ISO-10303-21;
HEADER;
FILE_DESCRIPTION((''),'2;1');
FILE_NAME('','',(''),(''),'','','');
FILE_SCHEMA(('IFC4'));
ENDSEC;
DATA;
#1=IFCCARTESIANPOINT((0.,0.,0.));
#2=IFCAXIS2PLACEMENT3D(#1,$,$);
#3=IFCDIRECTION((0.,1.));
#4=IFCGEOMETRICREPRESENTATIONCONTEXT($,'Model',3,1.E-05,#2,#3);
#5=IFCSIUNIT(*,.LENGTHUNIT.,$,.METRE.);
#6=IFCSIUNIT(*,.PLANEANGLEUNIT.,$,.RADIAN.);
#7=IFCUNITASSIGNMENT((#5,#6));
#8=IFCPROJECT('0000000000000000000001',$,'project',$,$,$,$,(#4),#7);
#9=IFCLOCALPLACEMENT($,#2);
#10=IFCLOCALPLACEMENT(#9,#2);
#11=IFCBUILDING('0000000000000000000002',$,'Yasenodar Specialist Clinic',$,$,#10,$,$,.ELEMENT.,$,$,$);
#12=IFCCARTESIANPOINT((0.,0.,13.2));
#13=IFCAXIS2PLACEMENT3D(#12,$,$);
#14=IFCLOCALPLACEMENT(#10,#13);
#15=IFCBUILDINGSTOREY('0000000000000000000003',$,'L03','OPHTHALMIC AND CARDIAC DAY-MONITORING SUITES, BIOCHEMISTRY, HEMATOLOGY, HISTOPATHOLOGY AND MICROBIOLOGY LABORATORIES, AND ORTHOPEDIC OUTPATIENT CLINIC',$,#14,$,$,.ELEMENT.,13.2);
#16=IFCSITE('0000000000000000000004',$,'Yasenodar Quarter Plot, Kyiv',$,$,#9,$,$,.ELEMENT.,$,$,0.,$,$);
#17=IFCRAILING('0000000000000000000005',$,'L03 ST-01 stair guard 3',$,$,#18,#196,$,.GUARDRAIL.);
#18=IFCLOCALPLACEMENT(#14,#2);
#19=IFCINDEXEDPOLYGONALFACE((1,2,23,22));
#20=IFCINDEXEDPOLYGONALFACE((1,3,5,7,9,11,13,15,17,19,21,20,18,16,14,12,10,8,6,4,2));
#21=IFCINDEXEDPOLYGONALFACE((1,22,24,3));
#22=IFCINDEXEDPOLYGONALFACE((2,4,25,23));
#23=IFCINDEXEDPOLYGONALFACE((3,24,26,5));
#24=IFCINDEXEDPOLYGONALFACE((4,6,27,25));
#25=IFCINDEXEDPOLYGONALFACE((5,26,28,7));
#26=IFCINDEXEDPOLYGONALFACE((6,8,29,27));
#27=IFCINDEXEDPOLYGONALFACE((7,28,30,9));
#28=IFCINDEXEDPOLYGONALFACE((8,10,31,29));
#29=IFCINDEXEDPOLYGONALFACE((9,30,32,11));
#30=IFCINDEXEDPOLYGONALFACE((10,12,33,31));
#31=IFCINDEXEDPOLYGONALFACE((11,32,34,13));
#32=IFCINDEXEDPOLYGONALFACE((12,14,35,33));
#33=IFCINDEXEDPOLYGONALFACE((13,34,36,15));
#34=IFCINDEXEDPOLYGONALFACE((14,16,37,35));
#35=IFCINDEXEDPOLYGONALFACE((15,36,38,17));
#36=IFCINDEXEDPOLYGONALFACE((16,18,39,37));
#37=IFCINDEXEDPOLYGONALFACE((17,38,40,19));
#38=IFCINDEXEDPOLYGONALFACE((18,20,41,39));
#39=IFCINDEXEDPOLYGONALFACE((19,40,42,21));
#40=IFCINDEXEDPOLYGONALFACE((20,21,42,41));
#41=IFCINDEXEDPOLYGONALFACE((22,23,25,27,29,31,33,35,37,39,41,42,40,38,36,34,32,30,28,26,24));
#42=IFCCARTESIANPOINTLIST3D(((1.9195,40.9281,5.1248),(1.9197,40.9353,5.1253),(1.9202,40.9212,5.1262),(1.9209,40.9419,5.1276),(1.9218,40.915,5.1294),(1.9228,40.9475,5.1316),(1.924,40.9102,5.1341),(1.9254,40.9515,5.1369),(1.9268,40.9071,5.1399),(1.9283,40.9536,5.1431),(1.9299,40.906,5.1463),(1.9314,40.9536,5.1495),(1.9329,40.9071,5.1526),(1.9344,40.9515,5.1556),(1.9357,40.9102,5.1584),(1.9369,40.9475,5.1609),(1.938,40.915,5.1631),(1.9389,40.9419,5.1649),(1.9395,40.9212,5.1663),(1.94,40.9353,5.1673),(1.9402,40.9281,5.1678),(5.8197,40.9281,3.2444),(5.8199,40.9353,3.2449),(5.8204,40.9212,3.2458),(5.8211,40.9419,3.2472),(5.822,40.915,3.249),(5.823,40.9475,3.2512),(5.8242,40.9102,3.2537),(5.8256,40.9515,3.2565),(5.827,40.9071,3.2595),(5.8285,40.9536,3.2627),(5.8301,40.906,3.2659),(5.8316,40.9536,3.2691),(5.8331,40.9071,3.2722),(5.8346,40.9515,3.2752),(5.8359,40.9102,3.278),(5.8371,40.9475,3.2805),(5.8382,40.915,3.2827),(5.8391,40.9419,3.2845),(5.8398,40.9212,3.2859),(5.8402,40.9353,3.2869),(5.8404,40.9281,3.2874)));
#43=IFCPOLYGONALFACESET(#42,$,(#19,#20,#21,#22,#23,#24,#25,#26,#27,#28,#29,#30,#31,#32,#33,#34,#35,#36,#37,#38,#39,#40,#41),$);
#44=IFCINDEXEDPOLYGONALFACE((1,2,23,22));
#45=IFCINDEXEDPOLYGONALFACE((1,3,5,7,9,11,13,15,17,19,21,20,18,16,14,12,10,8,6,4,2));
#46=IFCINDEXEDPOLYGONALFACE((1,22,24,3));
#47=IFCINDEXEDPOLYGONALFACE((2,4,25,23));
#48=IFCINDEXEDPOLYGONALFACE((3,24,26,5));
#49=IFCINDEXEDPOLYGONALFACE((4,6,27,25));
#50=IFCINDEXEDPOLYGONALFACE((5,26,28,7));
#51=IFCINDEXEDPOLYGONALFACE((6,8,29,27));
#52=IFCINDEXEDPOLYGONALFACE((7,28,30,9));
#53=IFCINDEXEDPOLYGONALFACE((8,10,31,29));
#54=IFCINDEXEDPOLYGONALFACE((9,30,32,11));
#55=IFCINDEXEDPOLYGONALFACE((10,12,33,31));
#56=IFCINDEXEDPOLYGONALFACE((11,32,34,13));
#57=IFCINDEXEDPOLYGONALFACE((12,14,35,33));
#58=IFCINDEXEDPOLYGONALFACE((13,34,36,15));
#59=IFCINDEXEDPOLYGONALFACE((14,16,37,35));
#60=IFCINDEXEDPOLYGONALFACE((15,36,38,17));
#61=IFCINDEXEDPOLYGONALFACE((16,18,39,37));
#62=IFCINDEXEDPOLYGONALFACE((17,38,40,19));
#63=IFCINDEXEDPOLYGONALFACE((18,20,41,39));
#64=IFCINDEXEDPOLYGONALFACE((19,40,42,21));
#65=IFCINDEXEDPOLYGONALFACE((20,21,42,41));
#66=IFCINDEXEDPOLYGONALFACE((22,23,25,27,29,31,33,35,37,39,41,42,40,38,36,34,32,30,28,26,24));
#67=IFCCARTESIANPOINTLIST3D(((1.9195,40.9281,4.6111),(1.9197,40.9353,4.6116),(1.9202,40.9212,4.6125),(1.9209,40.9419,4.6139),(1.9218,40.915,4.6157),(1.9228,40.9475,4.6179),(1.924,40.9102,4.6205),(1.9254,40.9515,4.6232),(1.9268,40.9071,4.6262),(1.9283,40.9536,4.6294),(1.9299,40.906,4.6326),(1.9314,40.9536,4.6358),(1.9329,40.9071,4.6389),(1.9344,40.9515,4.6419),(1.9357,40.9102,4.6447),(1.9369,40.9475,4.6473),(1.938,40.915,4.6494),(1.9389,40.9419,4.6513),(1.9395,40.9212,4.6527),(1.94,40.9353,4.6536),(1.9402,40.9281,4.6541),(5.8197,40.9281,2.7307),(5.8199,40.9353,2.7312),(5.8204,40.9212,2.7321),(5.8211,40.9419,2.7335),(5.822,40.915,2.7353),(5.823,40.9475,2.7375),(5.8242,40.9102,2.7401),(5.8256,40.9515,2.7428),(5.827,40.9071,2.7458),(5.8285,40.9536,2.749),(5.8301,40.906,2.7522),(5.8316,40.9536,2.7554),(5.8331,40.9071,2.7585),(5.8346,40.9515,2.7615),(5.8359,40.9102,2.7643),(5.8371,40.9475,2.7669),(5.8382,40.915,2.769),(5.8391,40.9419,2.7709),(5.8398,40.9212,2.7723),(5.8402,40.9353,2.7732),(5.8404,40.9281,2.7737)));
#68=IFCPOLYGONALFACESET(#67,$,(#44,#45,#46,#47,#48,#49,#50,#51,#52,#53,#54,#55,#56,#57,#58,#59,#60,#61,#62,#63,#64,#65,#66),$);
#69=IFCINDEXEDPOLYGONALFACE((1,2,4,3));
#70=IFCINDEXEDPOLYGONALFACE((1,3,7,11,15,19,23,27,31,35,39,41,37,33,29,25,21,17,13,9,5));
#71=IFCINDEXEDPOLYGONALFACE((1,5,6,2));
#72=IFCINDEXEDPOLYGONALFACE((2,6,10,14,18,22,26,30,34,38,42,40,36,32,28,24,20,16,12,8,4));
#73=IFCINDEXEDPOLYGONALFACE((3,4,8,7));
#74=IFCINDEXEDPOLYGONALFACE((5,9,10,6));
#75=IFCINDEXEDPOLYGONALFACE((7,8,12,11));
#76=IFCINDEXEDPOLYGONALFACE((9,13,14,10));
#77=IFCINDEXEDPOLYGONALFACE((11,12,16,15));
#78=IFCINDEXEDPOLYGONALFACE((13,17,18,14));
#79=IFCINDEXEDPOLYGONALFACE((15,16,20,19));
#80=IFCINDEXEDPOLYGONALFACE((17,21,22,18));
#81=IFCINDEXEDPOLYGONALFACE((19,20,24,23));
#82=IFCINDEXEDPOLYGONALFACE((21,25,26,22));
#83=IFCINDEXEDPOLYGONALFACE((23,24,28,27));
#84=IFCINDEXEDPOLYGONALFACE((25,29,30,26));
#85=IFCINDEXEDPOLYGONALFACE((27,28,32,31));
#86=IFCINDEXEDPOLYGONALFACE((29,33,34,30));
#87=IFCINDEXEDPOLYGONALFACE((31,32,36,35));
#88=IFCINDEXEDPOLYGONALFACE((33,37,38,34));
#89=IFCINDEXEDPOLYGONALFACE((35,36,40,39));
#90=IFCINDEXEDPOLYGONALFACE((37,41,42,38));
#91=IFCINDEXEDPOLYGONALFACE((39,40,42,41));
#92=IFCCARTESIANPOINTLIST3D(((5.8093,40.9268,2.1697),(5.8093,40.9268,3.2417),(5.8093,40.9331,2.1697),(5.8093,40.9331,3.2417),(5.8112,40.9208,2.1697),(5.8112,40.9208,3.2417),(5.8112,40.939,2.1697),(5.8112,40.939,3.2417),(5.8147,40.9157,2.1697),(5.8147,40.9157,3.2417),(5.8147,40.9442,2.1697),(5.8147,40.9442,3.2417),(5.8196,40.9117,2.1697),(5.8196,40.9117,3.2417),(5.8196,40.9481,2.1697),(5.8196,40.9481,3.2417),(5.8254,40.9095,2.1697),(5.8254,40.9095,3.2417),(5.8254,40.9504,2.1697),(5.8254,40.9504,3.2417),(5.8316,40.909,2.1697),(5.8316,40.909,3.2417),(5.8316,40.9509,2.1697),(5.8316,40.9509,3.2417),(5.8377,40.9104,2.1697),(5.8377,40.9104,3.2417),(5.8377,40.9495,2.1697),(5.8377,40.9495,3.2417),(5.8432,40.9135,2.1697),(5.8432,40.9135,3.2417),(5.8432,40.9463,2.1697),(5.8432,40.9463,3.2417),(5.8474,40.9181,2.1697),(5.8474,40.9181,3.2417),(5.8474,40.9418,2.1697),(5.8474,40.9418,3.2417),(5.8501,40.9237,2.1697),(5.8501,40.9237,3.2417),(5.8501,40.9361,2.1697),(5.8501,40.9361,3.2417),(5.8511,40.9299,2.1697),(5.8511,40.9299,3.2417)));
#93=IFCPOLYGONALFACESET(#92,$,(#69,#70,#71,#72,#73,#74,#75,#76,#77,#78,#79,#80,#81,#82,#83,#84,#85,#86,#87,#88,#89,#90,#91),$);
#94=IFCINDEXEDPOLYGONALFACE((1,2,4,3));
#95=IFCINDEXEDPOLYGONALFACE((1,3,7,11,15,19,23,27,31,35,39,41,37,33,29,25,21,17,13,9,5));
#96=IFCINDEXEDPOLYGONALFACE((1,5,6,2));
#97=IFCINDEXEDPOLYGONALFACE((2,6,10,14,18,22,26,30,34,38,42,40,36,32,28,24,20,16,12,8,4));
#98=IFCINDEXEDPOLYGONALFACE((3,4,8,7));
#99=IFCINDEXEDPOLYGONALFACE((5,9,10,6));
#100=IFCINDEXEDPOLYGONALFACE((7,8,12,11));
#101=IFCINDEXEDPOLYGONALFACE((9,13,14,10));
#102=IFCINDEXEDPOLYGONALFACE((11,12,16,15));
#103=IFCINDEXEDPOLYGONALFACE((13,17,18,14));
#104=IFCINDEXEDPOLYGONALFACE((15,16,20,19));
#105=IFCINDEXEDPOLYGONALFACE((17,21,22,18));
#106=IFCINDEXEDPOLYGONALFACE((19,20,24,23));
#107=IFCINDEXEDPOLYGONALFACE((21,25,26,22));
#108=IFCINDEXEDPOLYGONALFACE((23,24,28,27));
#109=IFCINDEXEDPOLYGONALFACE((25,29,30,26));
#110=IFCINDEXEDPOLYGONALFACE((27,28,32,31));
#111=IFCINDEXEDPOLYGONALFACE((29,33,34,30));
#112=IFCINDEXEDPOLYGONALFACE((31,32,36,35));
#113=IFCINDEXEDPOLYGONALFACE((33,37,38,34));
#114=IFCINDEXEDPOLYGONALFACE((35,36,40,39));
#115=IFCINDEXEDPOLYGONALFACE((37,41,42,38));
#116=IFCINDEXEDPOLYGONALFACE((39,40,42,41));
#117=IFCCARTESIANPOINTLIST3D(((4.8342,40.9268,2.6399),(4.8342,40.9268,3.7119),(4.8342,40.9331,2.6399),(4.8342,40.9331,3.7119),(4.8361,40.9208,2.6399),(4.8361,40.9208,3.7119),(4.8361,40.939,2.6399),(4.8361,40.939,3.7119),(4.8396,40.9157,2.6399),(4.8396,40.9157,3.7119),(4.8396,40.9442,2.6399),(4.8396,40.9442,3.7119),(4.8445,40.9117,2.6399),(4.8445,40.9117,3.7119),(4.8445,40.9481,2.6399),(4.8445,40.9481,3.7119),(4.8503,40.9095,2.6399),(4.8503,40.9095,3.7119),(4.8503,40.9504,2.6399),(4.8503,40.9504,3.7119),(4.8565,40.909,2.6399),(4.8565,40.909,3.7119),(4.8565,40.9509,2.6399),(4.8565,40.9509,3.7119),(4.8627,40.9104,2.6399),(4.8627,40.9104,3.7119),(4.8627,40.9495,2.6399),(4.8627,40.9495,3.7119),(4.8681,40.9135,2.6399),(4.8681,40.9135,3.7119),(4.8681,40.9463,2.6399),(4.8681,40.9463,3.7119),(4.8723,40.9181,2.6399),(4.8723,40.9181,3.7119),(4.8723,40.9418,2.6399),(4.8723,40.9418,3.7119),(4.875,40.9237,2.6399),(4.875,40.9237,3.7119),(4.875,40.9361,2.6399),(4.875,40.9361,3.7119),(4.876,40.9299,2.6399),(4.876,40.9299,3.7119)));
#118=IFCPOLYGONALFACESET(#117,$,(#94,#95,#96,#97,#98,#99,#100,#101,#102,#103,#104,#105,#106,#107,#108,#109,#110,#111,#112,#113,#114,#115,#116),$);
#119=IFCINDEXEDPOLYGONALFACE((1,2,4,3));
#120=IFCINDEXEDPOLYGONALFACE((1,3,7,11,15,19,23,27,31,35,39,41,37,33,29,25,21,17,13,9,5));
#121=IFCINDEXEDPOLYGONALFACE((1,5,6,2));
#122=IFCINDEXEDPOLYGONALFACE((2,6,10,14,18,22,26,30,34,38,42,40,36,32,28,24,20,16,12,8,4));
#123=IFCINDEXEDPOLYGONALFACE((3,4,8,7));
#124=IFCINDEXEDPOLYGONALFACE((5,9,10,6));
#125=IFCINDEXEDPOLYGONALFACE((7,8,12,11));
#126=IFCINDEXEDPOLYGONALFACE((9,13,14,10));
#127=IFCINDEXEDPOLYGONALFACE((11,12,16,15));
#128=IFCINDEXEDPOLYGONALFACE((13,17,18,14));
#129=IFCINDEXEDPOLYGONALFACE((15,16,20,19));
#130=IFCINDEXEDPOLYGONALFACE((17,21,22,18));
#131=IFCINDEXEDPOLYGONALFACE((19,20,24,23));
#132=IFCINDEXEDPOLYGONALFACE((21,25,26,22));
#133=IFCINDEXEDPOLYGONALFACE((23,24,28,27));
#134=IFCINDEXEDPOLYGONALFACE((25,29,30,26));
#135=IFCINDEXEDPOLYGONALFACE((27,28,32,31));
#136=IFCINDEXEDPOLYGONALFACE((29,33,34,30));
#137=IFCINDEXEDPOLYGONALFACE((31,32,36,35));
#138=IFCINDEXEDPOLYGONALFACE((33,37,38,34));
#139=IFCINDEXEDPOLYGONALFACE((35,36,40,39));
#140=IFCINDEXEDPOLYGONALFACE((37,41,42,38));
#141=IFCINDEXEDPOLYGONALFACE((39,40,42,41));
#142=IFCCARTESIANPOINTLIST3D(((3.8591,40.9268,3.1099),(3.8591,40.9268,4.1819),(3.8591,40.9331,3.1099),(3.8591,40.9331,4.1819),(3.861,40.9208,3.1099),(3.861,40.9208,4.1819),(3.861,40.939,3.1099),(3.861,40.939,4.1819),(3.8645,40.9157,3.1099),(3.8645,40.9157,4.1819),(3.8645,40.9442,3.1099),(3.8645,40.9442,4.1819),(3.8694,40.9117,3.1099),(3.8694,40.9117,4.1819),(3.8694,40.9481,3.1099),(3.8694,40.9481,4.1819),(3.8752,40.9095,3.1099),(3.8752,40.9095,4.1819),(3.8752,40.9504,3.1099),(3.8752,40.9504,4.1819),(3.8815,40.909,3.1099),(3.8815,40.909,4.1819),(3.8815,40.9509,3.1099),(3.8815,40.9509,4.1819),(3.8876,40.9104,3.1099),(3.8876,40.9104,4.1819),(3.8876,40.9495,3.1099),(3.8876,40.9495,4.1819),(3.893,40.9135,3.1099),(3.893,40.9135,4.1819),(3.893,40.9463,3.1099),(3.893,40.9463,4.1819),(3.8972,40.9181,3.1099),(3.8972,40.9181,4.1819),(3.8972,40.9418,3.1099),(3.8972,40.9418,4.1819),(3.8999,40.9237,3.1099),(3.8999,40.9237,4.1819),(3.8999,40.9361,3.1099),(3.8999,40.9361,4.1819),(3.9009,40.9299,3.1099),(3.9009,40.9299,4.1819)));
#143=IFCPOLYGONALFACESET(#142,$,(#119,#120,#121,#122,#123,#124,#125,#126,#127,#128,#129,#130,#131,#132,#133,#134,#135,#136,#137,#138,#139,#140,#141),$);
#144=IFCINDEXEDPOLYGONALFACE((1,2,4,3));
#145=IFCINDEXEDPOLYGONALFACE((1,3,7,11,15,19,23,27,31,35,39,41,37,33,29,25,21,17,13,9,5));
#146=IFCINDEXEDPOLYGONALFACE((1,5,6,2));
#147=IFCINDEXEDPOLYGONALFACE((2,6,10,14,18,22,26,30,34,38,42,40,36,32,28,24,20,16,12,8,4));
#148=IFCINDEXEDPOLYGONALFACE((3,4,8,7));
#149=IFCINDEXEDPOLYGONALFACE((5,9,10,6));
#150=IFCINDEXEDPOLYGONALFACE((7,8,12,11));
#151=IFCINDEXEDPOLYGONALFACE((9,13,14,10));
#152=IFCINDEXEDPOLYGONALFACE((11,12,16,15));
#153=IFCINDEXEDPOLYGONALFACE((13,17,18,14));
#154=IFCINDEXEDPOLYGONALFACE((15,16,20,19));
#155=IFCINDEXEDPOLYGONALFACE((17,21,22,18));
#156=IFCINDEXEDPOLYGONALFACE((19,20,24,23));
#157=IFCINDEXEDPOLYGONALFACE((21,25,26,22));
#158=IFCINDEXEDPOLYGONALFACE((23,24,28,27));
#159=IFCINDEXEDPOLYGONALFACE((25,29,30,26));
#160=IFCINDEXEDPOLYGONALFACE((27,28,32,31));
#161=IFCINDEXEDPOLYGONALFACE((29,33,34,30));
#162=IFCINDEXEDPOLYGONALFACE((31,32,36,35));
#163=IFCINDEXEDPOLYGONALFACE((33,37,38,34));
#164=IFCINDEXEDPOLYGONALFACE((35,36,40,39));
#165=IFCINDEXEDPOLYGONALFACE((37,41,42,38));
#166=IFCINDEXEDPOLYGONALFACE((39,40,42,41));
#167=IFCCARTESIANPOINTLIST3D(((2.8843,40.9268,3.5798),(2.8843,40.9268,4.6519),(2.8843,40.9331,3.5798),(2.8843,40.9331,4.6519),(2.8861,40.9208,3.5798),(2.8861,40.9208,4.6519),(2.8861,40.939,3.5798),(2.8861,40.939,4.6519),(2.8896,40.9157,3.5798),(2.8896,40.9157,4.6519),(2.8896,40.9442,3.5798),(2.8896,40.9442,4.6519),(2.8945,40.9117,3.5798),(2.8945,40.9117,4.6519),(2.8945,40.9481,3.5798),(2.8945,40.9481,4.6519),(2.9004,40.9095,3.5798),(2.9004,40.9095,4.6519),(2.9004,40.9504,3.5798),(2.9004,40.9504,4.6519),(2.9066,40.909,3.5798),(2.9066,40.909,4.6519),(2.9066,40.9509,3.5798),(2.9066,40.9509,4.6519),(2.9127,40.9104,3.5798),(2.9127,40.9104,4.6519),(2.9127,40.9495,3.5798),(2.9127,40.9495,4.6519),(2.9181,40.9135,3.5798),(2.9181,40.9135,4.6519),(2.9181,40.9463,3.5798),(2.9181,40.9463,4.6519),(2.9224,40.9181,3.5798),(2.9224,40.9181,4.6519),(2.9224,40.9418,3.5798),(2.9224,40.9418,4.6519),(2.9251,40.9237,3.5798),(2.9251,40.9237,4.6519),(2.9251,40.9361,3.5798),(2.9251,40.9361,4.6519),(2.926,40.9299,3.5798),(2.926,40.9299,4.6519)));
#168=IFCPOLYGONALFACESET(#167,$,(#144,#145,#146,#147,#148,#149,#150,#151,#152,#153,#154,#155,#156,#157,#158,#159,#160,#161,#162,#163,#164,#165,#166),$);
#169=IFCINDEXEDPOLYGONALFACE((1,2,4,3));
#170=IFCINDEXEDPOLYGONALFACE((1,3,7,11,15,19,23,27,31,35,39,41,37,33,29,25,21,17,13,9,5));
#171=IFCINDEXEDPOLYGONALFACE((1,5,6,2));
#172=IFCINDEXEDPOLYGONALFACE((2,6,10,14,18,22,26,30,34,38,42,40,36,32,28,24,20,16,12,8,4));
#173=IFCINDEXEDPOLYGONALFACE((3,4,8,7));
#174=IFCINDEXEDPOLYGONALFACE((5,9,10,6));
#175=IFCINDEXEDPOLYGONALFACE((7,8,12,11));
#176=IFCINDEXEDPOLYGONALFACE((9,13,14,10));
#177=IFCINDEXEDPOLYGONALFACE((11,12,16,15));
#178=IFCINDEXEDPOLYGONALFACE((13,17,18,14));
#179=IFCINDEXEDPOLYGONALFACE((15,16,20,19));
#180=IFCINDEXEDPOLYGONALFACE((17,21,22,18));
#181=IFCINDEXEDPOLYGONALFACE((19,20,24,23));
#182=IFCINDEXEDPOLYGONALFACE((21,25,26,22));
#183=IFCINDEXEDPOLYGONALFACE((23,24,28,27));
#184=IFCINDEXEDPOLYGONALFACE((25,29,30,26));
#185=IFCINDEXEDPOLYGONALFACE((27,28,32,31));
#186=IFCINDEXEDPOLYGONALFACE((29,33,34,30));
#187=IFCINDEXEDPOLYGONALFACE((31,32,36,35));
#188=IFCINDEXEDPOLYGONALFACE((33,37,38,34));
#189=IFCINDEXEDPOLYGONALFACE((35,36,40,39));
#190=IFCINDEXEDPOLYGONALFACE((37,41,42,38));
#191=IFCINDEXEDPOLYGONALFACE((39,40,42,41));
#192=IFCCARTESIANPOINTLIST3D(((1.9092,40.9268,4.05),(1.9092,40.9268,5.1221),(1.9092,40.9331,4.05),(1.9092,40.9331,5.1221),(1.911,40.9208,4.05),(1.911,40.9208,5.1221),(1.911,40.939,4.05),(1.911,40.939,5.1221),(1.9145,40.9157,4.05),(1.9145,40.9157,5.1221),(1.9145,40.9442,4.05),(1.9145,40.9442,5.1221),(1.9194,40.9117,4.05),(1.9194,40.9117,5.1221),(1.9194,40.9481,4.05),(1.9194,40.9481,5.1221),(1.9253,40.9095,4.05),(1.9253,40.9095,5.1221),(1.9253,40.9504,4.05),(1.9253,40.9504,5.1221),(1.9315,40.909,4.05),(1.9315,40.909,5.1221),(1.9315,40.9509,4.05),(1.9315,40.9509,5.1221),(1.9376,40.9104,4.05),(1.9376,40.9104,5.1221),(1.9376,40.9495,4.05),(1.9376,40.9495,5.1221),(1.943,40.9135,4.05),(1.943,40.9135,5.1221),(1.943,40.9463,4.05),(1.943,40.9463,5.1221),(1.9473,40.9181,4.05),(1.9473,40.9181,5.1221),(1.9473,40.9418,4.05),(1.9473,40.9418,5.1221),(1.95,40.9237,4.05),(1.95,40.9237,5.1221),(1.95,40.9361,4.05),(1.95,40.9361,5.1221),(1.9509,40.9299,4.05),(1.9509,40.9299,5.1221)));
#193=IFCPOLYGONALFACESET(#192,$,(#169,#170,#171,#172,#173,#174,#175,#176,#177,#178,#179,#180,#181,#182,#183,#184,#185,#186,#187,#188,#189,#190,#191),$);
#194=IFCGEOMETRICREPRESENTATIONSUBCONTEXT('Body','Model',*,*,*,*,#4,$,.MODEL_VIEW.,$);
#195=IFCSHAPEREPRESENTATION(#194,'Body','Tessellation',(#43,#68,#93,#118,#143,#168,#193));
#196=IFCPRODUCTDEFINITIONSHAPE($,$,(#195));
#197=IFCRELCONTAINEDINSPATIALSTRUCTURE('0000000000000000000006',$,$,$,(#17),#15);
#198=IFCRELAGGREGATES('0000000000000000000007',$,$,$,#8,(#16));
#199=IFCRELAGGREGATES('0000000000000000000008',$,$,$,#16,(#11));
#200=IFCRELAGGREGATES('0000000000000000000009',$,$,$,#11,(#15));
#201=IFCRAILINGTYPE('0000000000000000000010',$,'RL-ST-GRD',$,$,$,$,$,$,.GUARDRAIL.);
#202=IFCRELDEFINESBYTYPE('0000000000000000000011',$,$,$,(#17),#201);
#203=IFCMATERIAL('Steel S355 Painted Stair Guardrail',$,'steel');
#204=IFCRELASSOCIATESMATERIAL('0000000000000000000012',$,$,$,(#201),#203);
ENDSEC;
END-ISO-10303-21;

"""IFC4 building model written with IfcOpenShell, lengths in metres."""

from ifc_helpers import new_model, si_unit, direction, frame, origin, origin_2d, place, context, subcontext, project, spatial, circle, extrude, material, type_object, element, save


model = new_model("IFC4")

# Units and contexts
model_context = context("Model", 3, precision=1e-05, world=origin(), true_north=direction((0.0, 1.0)))
body_context = subcontext(model_context, "Body", "Model", "MODEL_VIEW")
ifc_project = project(units=[si_unit("LENGTHUNIT", "METRE"), si_unit("PLANEANGLEUNIT", "RADIAN")], contexts=[model_context])

# Site, building, storey
site_placement = place(None, origin())
site = spatial("IfcSite", under=ifc_project, at=site_placement, Name="Yasenodar Quarter Plot, Kyiv", CompositionType="ELEMENT", RefElevation=0.0)
building_placement = place(site_placement, origin())
building = spatial("IfcBuilding", under=site, at=building_placement, Name="Yasenodar Specialist Clinic", CompositionType="ELEMENT")
storey_placement = place(building_placement, frame((0.0, 0.0, 13.2)))
storey = spatial("IfcBuildingStorey", under=building, at=storey_placement, Name="L03", Description="OPHTHALMIC AND CARDIAC DAY-MONITORING SUITES, BIOCHEMISTRY, HEMATOLOGY, HISTOPATHOLOGY AND MICROBIOLOGY LABORATORIES, AND ORTHOPEDIC OUTPATIENT CLINIC", CompositionType="ELEMENT", Elevation=13.2)

# Railing
ifc_material_1 = material(Name="Steel S355 Painted Stair Guardrail", Category="steel")
railing_type_1 = type_object("IfcRailingType", Name="RL-ST-GRD", PredefinedType="GUARDRAIL", material=ifc_material_1)
railing_1_placement = place(storey_placement, frame((5.8301, 40.9299, 2.1697)))
element("IfcRailing", 1, at=railing_1_placement, inside=storey, type_object=railing_type_1, Name="L03 ST-01 stair guard 3", PredefinedType="GUARDRAIL", context=body_context, shape_type="SweptSolid", body=[
    extrude(circle(Radius=0.0239, at=origin_2d()), frame((0.0, 0.0, 1.0962), z_axis=(-0.900774, 0.0, 0.434289), x_axis=(0.0, -1.0, 0.0)), (0.0, 0.0, 1.0), 4.3298),
    extrude(circle(Radius=0.0239, at=origin_2d()), frame((0.0, 0.0, 0.5825), z_axis=(-0.900774, 0.0, 0.434289), x_axis=(0.0, -1.0, 0.0)), (0.0, 0.0, 1.0), 4.3298),
    extrude(circle(Radius=0.021, at=origin_2d()), origin(), (0.0, 0.0, 1.0), 1.072),
    extrude(circle(Radius=0.021, at=origin_2d()), frame((-0.9751, 0.0, 0.4702)), (0.0, 0.0, 1.0), 1.072),
    extrude(circle(Radius=0.021, at=origin_2d()), frame((-1.9502, 0.0, 0.9402)), (0.0, 0.0, 1.0), 1.072),
    extrude(circle(Radius=0.021, at=origin_2d()), frame((-2.925, 0.0, 1.4102)), (0.0, 0.0, 1.0), 1.072),
    extrude(circle(Radius=0.021, at=origin_2d()), frame((-3.9001, 0.0, 1.8804)), (0.0, 0.0, 1.0), 1.072),
])

save(model, "model.ifc")
